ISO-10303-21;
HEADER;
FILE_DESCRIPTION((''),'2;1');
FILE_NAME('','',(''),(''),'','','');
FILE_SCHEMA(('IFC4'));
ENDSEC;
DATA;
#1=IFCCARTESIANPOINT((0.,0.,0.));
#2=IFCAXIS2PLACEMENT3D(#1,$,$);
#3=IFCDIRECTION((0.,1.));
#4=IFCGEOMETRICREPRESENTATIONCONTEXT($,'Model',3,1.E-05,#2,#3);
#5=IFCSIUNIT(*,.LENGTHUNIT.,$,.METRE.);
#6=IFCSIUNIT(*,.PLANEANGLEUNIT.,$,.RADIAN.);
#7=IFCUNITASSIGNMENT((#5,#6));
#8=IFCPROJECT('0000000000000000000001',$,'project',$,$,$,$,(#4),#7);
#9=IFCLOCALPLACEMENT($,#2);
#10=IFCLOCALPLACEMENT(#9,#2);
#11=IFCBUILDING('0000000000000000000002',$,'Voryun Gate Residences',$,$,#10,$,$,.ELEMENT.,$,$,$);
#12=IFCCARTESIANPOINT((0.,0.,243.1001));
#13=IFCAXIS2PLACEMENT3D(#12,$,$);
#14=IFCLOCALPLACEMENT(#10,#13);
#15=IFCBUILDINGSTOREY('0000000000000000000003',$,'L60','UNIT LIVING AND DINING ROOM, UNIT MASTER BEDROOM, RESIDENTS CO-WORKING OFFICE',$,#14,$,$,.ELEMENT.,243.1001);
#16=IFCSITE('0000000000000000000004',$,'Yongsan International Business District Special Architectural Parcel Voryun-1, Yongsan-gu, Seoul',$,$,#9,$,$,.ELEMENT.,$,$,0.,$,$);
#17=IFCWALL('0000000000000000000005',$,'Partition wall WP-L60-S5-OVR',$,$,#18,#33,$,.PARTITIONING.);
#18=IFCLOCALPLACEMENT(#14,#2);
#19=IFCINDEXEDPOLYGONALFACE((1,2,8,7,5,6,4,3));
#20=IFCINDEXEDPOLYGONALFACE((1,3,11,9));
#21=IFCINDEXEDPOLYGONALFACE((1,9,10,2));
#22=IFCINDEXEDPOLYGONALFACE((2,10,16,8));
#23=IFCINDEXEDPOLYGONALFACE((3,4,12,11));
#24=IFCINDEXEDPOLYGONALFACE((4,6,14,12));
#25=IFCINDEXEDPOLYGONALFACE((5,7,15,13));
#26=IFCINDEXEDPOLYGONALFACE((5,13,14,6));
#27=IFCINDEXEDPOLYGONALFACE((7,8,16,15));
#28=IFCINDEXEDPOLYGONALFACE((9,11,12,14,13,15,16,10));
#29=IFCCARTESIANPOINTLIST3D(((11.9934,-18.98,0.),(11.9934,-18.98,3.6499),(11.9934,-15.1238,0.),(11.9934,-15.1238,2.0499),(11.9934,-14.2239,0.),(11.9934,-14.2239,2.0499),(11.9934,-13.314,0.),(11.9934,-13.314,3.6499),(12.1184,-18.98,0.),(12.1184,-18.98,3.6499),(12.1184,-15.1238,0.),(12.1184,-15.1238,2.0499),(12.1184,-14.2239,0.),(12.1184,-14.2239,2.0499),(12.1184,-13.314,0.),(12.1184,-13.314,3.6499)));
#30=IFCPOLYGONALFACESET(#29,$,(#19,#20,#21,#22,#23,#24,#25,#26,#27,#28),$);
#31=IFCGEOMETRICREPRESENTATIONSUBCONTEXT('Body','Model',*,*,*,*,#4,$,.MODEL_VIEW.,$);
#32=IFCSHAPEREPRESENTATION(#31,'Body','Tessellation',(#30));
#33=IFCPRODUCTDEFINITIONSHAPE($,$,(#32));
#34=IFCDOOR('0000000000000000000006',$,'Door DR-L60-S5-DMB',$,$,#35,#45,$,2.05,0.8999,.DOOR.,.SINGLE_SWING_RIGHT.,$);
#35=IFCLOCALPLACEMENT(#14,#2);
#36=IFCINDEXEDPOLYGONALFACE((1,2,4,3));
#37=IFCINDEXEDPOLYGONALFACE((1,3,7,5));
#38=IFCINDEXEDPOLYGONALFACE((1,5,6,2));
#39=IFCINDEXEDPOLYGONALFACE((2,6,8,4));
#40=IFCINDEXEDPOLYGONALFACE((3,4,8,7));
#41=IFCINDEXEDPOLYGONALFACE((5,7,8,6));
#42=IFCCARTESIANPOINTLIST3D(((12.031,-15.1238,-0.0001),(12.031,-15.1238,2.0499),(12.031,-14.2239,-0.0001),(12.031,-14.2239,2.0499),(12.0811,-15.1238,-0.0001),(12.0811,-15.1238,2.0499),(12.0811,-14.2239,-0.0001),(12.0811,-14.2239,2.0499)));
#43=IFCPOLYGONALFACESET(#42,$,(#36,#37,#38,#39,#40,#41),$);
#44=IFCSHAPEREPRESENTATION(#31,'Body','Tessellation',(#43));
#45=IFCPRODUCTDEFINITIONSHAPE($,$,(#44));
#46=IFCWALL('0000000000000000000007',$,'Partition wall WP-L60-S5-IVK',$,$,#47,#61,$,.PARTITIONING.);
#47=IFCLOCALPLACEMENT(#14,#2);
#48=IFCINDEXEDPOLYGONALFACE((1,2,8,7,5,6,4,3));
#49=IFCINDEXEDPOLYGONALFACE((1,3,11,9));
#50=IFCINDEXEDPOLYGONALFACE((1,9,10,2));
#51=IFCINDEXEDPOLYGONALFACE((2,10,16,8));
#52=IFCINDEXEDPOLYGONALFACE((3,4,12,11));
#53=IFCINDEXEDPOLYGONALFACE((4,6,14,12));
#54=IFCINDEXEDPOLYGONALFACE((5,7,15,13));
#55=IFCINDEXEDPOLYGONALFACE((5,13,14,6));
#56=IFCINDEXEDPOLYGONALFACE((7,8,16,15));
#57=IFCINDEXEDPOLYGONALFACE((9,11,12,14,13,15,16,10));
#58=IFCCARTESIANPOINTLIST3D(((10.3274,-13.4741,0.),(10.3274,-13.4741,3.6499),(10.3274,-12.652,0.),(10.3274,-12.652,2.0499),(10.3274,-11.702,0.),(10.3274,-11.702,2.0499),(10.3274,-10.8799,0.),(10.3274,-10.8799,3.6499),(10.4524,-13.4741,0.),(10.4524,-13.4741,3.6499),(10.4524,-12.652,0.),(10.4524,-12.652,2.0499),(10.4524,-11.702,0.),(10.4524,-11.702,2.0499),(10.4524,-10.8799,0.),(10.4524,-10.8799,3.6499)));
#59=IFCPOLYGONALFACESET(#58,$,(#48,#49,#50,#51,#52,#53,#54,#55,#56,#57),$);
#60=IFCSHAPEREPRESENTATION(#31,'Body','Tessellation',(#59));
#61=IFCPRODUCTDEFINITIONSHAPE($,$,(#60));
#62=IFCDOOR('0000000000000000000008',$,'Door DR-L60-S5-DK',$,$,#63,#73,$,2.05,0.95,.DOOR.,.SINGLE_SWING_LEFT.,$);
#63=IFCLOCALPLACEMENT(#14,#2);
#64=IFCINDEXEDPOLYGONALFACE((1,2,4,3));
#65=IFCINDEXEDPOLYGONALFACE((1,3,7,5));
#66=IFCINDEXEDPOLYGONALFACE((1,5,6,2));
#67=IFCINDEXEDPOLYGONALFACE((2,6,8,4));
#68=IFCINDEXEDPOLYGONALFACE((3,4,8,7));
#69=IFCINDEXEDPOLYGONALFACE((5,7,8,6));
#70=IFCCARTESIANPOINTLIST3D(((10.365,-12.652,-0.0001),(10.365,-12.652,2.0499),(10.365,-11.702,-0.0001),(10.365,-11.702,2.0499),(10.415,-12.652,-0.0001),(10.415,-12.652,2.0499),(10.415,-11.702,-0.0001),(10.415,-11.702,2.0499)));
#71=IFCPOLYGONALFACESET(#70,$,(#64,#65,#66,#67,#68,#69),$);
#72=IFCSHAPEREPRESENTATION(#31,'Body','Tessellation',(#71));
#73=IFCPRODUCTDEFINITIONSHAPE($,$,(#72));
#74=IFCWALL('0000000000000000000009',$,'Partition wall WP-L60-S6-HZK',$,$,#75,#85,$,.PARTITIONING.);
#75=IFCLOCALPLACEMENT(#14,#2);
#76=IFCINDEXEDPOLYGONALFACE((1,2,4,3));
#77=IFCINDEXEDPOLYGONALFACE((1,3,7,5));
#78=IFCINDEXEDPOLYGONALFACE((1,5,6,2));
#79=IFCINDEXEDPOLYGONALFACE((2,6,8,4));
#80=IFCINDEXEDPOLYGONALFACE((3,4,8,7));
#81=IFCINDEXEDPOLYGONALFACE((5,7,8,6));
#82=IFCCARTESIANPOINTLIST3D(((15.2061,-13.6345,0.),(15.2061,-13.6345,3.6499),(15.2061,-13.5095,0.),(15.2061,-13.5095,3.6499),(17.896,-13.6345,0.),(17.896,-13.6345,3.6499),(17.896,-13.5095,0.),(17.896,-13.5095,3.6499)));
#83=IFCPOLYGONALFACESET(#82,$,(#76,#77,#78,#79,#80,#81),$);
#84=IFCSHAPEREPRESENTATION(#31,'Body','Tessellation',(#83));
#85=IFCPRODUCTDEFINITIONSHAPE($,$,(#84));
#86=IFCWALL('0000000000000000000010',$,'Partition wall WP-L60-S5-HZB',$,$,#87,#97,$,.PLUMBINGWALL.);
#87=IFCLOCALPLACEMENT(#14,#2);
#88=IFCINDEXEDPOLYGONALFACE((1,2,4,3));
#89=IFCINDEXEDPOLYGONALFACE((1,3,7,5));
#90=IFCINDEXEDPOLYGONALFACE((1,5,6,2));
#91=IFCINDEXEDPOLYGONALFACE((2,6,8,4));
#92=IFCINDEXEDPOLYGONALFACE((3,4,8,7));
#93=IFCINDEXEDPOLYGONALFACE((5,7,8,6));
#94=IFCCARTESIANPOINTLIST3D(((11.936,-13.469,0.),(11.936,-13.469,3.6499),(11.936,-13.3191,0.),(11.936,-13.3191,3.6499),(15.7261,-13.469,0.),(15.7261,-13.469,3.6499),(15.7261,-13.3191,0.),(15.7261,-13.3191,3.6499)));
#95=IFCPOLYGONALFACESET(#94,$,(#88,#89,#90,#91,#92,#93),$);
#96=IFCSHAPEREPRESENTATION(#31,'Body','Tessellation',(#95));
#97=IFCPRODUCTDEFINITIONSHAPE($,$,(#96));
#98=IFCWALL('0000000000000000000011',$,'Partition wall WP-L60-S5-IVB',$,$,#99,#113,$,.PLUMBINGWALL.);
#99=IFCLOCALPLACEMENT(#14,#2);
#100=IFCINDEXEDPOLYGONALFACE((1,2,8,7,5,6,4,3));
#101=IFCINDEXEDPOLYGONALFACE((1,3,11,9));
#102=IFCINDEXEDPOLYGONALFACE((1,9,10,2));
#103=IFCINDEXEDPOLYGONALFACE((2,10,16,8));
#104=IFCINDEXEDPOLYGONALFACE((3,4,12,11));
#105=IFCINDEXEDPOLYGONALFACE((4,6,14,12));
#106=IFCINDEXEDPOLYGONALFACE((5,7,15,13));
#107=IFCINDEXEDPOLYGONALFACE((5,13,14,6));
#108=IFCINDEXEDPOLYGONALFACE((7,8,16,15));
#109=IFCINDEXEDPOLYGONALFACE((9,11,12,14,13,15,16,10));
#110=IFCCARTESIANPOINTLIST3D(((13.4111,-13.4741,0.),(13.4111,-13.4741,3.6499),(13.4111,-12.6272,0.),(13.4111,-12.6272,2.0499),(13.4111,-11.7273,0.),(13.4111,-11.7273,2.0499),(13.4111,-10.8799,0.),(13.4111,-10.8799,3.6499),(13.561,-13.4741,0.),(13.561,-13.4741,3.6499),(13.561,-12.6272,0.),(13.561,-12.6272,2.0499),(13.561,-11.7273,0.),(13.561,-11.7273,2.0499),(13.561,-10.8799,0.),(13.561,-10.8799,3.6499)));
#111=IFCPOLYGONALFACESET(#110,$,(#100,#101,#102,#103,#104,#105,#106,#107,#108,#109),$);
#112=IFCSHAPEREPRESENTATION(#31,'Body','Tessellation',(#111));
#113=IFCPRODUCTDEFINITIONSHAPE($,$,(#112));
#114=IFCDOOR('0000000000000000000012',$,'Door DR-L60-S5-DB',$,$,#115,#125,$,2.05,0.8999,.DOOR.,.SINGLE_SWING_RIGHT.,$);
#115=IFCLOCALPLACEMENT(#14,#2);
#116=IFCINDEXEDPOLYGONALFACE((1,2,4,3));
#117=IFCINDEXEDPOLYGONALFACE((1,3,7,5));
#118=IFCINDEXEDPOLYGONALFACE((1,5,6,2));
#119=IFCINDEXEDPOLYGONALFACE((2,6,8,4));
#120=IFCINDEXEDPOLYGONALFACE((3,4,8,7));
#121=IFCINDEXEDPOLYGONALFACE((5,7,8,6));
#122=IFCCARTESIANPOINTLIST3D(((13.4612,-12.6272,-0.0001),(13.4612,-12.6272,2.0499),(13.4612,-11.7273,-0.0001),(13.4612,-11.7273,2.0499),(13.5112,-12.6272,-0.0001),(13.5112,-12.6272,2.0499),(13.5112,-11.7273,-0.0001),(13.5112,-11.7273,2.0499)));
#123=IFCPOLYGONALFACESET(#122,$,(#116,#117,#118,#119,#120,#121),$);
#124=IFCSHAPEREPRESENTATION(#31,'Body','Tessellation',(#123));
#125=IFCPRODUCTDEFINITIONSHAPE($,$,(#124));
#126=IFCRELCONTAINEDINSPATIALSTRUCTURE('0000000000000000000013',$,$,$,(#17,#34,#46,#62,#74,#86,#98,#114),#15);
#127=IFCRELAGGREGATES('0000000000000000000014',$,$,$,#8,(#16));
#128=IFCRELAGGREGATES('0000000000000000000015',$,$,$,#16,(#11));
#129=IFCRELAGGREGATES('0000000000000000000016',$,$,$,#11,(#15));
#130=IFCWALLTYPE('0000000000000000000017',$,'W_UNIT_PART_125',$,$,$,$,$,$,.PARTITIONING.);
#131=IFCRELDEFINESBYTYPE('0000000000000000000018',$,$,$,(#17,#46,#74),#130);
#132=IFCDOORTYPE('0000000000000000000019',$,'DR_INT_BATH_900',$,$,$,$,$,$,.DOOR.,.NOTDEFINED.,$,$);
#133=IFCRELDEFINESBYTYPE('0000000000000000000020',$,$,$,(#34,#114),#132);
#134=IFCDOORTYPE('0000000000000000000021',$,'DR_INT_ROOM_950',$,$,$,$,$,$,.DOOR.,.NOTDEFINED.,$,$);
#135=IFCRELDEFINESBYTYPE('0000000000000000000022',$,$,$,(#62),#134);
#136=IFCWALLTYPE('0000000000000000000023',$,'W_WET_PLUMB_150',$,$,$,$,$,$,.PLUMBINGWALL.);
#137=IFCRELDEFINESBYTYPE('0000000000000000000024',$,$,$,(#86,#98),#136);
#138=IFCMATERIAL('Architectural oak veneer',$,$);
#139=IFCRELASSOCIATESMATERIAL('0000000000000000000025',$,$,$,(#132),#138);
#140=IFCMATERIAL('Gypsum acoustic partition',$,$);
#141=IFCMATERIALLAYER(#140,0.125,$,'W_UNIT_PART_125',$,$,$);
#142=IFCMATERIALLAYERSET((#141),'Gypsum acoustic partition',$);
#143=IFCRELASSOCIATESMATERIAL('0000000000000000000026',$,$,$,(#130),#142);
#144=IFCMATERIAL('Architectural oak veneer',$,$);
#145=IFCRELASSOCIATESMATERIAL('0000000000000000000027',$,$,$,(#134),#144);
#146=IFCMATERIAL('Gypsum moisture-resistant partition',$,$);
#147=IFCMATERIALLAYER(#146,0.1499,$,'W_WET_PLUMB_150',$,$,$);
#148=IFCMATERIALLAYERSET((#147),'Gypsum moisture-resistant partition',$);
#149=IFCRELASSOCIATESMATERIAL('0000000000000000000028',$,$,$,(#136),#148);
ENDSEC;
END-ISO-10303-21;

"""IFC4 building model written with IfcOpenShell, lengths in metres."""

from ifc_helpers import new_model, si_unit, direction, frame, frame_2d, origin, place, context, subcontext, project, spatial, rectangle, extrude, material, layer, layer_set, type_object, element, fill, save


model = new_model("IFC4")

# Units and contexts
model_context = context("Model", 3, precision=1e-05, world=origin(), true_north=direction((0.0, 1.0)))
body_context = subcontext(model_context, "Body", "Model", "MODEL_VIEW")
ifc_project = project(units=[si_unit("LENGTHUNIT", "METRE"), si_unit("PLANEANGLEUNIT", "RADIAN")], contexts=[model_context])

# Site, building, storey
site_placement = place(None, origin())
site = spatial("IfcSite", under=ifc_project, at=site_placement, Name="Yongsan International Business District Special Architectural Parcel Voryun-1, Yongsan-gu, Seoul", CompositionType="ELEMENT", RefElevation=0.0)
building_placement = place(site_placement, origin())
building = spatial("IfcBuilding", under=site, at=building_placement, Name="Voryun Gate Residences", CompositionType="ELEMENT")
storey_placement = place(building_placement, frame((0.0, 0.0, 243.1001)))
storey = spatial("IfcBuildingStorey", under=building, at=storey_placement, Name="L60", Description="UNIT LIVING AND DINING ROOM, UNIT MASTER BEDROOM, RESIDENTS CO-WORKING OFFICE", CompositionType="ELEMENT", Elevation=243.1001)

# Shared definitions
ifc_material_1 = material(Name="Architectural oak veneer")
door_type_1 = type_object("IfcDoorType", Name="DR_INT_BATH_900", OperationType="NOTDEFINED", PredefinedType="DOOR", material=ifc_material_1)

# Walls, openings, doors
ifc_material_2 = material(Name="Gypsum acoustic partition")
ifc_layer_1 = layer(ifc_material_2, 0.125, Name="W_UNIT_PART_125")
ifc_layer_set_1 = layer_set([ifc_layer_1], Name="Gypsum acoustic partition")
wall_type_1 = type_object("IfcWallType", Name="W_UNIT_PART_125", PredefinedType="PARTITIONING", material=ifc_layer_set_1)
wall_1_placement = place(storey_placement, frame((12.0559, -18.98, 0.0), z_axis=(0.0, 0.0, 1.0), x_axis=(0.0, 1.0, 0.0)))
wall_1 = element("IfcWall", 1, at=wall_1_placement, inside=storey, type_object=wall_type_1, Name="Partition wall WP-L60-S5-OVR", PredefinedType="PARTITIONING", context=body_context, shape_type="SweptSolid", body=[
    extrude(rectangle(XDim=5.666, YDim=0.125, at=frame_2d((2.833, 0.0))), origin(), (0.0, 0.0, 1.0), 3.6499),
])
opening_1_placement = place(wall_1_placement, frame((3.8562, 0.0, 0.0)))
opening_1 = element("IfcOpeningElement", 2, at=opening_1_placement, cuts=wall_1, PredefinedType="OPENING", context=body_context, shape_type="SweptSolid", body=[
    extrude(rectangle(XDim=0.8999, YDim=2.05, at=frame_2d((0.45, 1.0249))), frame((0.0, 0.0725, 0.0), z_axis=(0.0, -1.0, 0.0), x_axis=(1.0, 0.0, 0.0)), (0.0, 0.0, 1.0), 0.145),
])
door_1_placement = place(opening_1_placement, origin())
door_1 = element("IfcDoor", 3, at=door_1_placement, inside=storey, type_object=door_type_1, Name="Door DR-L60-S5-DMB", OperationType="SINGLE_SWING_RIGHT", OverallHeight=2.05, OverallWidth=0.8999, PredefinedType="DOOR", context=body_context, shape_type="SweptSolid", body=[
    extrude(rectangle(XDim=0.8999, YDim=2.05, at=frame_2d((0.45, 1.0249))), frame((0.0, 0.0249, 0.0), z_axis=(0.0, -1.0, 0.0), x_axis=(1.0, 0.0, 0.0)), (0.0, 0.0, 1.0), 0.05),
])
fill(opening_1, door_1)
wall_2_placement = place(storey_placement, frame((10.3899, -13.4741, 0.0), z_axis=(0.0, 0.0, 1.0), x_axis=(0.0, 1.0, 0.0)))
wall_2 = element("IfcWall", 4, at=wall_2_placement, inside=storey, type_object=wall_type_1, Name="Partition wall WP-L60-S5-IVK", PredefinedType="PARTITIONING", context=body_context, shape_type="SweptSolid", body=[
    extrude(rectangle(XDim=2.5942, YDim=0.125, at=frame_2d((1.2971, 0.0))), origin(), (0.0, 0.0, 1.0), 3.6499),
])
opening_2_placement = place(wall_2_placement, frame((0.822, 0.0, 0.0)))
opening_2 = element("IfcOpeningElement", 5, at=opening_2_placement, cuts=wall_2, PredefinedType="OPENING", context=body_context, shape_type="SweptSolid", body=[
    extrude(rectangle(XDim=0.95, YDim=2.05, at=frame_2d((0.4751, 1.0249))), frame((0.0, 0.0725, 0.0), z_axis=(0.0, -1.0, 0.0), x_axis=(1.0, 0.0, 0.0)), (0.0, 0.0, 1.0), 0.145),
])
ifc_material_3 = material(Name="Architectural oak veneer")
door_type_2 = type_object("IfcDoorType", Name="DR_INT_ROOM_950", OperationType="NOTDEFINED", PredefinedType="DOOR", material=ifc_material_3)
door_2_placement = place(opening_2_placement, origin())
door_2 = element("IfcDoor", 6, at=door_2_placement, inside=storey, type_object=door_type_2, Name="Door DR-L60-S5-DK", OperationType="SINGLE_SWING_LEFT", OverallHeight=2.05, OverallWidth=0.95, PredefinedType="DOOR", context=body_context, shape_type="SweptSolid", body=[
    extrude(rectangle(XDim=0.95, YDim=2.05, at=frame_2d((0.4751, 1.0249))), frame((0.0, 0.0249, 0.0), z_axis=(0.0, -1.0, 0.0), x_axis=(1.0, 0.0, 0.0)), (0.0, 0.0, 1.0), 0.05),
])
fill(opening_2, door_2)

# Walls
wall_3_placement = place(storey_placement, frame((15.2061, -13.572, 0.0), z_axis=(0.0, 0.0, 1.0), x_axis=(1.0, 0.0, 0.0)))
element("IfcWall", 7, at=wall_3_placement, inside=storey, type_object=wall_type_1, Name="Partition wall WP-L60-S6-HZK", PredefinedType="PARTITIONING", context=body_context, shape_type="SweptSolid", body=[
    extrude(rectangle(XDim=2.6899, YDim=0.125, at=frame_2d((1.345, 0.0))), origin(), (0.0, 0.0, 1.0), 3.6499),
])
ifc_material_4 = material(Name="Gypsum moisture-resistant partition")
ifc_layer_2 = layer(ifc_material_4, 0.1499, Name="W_WET_PLUMB_150")
ifc_layer_set_2 = layer_set([ifc_layer_2], Name="Gypsum moisture-resistant partition")
wall_type_2 = type_object("IfcWallType", Name="W_WET_PLUMB_150", PredefinedType="PLUMBINGWALL", material=ifc_layer_set_2)
wall_4_placement = place(storey_placement, frame((11.936, -13.394, 0.0), z_axis=(0.0, 0.0, 1.0), x_axis=(1.0, 0.0, 0.0)))
element("IfcWall", 8, at=wall_4_placement, inside=storey, type_object=wall_type_2, Name="Partition wall WP-L60-S5-HZB", PredefinedType="PLUMBINGWALL", context=body_context, shape_type="SweptSolid", body=[
    extrude(rectangle(XDim=3.79, YDim=0.1499, at=frame_2d((1.895, 0.0))), origin(), (0.0, 0.0, 1.0), 3.6499),
])

# Wall, opening, door
wall_5_placement = place(storey_placement, frame((13.4861, -13.4741, 0.0), z_axis=(0.0, 0.0, 1.0), x_axis=(0.0, 1.0, 0.0)))
wall_5 = element("IfcWall", 9, at=wall_5_placement, inside=storey, type_object=wall_type_2, Name="Partition wall WP-L60-S5-IVB", PredefinedType="PLUMBINGWALL", context=body_context, shape_type="SweptSolid", body=[
    extrude(rectangle(XDim=2.5942, YDim=0.1499, at=frame_2d((1.2971, 0.0))), origin(), (0.0, 0.0, 1.0), 3.6499),
])
opening_3_placement = place(wall_5_placement, frame((0.8469, 0.0, 0.0)))
opening_3 = element("IfcOpeningElement", 10, at=opening_3_placement, cuts=wall_5, PredefinedType="OPENING", context=body_context, shape_type="SweptSolid", body=[
    extrude(rectangle(XDim=0.8999, YDim=2.05, at=frame_2d((0.45, 1.0249))), frame((0.0, 0.085, 0.0), z_axis=(0.0, -1.0, 0.0), x_axis=(1.0, 0.0, 0.0)), (0.0, 0.0, 1.0), 0.1699),
])
door_3_placement = place(opening_3_placement, origin())
door_3 = element("IfcDoor", 11, at=door_3_placement, inside=storey, type_object=door_type_1, Name="Door DR-L60-S5-DB", OperationType="SINGLE_SWING_RIGHT", OverallHeight=2.05, OverallWidth=0.8999, PredefinedType="DOOR", context=body_context, shape_type="SweptSolid", body=[
    extrude(rectangle(XDim=0.8999, YDim=2.05, at=frame_2d((0.45, 1.0249))), frame((0.0, 0.0249, 0.0), z_axis=(0.0, -1.0, 0.0), x_axis=(1.0, 0.0, 0.0)), (0.0, 0.0, 1.0), 0.05),
])
fill(opening_3, door_3)

save(model, "model.ifc")
